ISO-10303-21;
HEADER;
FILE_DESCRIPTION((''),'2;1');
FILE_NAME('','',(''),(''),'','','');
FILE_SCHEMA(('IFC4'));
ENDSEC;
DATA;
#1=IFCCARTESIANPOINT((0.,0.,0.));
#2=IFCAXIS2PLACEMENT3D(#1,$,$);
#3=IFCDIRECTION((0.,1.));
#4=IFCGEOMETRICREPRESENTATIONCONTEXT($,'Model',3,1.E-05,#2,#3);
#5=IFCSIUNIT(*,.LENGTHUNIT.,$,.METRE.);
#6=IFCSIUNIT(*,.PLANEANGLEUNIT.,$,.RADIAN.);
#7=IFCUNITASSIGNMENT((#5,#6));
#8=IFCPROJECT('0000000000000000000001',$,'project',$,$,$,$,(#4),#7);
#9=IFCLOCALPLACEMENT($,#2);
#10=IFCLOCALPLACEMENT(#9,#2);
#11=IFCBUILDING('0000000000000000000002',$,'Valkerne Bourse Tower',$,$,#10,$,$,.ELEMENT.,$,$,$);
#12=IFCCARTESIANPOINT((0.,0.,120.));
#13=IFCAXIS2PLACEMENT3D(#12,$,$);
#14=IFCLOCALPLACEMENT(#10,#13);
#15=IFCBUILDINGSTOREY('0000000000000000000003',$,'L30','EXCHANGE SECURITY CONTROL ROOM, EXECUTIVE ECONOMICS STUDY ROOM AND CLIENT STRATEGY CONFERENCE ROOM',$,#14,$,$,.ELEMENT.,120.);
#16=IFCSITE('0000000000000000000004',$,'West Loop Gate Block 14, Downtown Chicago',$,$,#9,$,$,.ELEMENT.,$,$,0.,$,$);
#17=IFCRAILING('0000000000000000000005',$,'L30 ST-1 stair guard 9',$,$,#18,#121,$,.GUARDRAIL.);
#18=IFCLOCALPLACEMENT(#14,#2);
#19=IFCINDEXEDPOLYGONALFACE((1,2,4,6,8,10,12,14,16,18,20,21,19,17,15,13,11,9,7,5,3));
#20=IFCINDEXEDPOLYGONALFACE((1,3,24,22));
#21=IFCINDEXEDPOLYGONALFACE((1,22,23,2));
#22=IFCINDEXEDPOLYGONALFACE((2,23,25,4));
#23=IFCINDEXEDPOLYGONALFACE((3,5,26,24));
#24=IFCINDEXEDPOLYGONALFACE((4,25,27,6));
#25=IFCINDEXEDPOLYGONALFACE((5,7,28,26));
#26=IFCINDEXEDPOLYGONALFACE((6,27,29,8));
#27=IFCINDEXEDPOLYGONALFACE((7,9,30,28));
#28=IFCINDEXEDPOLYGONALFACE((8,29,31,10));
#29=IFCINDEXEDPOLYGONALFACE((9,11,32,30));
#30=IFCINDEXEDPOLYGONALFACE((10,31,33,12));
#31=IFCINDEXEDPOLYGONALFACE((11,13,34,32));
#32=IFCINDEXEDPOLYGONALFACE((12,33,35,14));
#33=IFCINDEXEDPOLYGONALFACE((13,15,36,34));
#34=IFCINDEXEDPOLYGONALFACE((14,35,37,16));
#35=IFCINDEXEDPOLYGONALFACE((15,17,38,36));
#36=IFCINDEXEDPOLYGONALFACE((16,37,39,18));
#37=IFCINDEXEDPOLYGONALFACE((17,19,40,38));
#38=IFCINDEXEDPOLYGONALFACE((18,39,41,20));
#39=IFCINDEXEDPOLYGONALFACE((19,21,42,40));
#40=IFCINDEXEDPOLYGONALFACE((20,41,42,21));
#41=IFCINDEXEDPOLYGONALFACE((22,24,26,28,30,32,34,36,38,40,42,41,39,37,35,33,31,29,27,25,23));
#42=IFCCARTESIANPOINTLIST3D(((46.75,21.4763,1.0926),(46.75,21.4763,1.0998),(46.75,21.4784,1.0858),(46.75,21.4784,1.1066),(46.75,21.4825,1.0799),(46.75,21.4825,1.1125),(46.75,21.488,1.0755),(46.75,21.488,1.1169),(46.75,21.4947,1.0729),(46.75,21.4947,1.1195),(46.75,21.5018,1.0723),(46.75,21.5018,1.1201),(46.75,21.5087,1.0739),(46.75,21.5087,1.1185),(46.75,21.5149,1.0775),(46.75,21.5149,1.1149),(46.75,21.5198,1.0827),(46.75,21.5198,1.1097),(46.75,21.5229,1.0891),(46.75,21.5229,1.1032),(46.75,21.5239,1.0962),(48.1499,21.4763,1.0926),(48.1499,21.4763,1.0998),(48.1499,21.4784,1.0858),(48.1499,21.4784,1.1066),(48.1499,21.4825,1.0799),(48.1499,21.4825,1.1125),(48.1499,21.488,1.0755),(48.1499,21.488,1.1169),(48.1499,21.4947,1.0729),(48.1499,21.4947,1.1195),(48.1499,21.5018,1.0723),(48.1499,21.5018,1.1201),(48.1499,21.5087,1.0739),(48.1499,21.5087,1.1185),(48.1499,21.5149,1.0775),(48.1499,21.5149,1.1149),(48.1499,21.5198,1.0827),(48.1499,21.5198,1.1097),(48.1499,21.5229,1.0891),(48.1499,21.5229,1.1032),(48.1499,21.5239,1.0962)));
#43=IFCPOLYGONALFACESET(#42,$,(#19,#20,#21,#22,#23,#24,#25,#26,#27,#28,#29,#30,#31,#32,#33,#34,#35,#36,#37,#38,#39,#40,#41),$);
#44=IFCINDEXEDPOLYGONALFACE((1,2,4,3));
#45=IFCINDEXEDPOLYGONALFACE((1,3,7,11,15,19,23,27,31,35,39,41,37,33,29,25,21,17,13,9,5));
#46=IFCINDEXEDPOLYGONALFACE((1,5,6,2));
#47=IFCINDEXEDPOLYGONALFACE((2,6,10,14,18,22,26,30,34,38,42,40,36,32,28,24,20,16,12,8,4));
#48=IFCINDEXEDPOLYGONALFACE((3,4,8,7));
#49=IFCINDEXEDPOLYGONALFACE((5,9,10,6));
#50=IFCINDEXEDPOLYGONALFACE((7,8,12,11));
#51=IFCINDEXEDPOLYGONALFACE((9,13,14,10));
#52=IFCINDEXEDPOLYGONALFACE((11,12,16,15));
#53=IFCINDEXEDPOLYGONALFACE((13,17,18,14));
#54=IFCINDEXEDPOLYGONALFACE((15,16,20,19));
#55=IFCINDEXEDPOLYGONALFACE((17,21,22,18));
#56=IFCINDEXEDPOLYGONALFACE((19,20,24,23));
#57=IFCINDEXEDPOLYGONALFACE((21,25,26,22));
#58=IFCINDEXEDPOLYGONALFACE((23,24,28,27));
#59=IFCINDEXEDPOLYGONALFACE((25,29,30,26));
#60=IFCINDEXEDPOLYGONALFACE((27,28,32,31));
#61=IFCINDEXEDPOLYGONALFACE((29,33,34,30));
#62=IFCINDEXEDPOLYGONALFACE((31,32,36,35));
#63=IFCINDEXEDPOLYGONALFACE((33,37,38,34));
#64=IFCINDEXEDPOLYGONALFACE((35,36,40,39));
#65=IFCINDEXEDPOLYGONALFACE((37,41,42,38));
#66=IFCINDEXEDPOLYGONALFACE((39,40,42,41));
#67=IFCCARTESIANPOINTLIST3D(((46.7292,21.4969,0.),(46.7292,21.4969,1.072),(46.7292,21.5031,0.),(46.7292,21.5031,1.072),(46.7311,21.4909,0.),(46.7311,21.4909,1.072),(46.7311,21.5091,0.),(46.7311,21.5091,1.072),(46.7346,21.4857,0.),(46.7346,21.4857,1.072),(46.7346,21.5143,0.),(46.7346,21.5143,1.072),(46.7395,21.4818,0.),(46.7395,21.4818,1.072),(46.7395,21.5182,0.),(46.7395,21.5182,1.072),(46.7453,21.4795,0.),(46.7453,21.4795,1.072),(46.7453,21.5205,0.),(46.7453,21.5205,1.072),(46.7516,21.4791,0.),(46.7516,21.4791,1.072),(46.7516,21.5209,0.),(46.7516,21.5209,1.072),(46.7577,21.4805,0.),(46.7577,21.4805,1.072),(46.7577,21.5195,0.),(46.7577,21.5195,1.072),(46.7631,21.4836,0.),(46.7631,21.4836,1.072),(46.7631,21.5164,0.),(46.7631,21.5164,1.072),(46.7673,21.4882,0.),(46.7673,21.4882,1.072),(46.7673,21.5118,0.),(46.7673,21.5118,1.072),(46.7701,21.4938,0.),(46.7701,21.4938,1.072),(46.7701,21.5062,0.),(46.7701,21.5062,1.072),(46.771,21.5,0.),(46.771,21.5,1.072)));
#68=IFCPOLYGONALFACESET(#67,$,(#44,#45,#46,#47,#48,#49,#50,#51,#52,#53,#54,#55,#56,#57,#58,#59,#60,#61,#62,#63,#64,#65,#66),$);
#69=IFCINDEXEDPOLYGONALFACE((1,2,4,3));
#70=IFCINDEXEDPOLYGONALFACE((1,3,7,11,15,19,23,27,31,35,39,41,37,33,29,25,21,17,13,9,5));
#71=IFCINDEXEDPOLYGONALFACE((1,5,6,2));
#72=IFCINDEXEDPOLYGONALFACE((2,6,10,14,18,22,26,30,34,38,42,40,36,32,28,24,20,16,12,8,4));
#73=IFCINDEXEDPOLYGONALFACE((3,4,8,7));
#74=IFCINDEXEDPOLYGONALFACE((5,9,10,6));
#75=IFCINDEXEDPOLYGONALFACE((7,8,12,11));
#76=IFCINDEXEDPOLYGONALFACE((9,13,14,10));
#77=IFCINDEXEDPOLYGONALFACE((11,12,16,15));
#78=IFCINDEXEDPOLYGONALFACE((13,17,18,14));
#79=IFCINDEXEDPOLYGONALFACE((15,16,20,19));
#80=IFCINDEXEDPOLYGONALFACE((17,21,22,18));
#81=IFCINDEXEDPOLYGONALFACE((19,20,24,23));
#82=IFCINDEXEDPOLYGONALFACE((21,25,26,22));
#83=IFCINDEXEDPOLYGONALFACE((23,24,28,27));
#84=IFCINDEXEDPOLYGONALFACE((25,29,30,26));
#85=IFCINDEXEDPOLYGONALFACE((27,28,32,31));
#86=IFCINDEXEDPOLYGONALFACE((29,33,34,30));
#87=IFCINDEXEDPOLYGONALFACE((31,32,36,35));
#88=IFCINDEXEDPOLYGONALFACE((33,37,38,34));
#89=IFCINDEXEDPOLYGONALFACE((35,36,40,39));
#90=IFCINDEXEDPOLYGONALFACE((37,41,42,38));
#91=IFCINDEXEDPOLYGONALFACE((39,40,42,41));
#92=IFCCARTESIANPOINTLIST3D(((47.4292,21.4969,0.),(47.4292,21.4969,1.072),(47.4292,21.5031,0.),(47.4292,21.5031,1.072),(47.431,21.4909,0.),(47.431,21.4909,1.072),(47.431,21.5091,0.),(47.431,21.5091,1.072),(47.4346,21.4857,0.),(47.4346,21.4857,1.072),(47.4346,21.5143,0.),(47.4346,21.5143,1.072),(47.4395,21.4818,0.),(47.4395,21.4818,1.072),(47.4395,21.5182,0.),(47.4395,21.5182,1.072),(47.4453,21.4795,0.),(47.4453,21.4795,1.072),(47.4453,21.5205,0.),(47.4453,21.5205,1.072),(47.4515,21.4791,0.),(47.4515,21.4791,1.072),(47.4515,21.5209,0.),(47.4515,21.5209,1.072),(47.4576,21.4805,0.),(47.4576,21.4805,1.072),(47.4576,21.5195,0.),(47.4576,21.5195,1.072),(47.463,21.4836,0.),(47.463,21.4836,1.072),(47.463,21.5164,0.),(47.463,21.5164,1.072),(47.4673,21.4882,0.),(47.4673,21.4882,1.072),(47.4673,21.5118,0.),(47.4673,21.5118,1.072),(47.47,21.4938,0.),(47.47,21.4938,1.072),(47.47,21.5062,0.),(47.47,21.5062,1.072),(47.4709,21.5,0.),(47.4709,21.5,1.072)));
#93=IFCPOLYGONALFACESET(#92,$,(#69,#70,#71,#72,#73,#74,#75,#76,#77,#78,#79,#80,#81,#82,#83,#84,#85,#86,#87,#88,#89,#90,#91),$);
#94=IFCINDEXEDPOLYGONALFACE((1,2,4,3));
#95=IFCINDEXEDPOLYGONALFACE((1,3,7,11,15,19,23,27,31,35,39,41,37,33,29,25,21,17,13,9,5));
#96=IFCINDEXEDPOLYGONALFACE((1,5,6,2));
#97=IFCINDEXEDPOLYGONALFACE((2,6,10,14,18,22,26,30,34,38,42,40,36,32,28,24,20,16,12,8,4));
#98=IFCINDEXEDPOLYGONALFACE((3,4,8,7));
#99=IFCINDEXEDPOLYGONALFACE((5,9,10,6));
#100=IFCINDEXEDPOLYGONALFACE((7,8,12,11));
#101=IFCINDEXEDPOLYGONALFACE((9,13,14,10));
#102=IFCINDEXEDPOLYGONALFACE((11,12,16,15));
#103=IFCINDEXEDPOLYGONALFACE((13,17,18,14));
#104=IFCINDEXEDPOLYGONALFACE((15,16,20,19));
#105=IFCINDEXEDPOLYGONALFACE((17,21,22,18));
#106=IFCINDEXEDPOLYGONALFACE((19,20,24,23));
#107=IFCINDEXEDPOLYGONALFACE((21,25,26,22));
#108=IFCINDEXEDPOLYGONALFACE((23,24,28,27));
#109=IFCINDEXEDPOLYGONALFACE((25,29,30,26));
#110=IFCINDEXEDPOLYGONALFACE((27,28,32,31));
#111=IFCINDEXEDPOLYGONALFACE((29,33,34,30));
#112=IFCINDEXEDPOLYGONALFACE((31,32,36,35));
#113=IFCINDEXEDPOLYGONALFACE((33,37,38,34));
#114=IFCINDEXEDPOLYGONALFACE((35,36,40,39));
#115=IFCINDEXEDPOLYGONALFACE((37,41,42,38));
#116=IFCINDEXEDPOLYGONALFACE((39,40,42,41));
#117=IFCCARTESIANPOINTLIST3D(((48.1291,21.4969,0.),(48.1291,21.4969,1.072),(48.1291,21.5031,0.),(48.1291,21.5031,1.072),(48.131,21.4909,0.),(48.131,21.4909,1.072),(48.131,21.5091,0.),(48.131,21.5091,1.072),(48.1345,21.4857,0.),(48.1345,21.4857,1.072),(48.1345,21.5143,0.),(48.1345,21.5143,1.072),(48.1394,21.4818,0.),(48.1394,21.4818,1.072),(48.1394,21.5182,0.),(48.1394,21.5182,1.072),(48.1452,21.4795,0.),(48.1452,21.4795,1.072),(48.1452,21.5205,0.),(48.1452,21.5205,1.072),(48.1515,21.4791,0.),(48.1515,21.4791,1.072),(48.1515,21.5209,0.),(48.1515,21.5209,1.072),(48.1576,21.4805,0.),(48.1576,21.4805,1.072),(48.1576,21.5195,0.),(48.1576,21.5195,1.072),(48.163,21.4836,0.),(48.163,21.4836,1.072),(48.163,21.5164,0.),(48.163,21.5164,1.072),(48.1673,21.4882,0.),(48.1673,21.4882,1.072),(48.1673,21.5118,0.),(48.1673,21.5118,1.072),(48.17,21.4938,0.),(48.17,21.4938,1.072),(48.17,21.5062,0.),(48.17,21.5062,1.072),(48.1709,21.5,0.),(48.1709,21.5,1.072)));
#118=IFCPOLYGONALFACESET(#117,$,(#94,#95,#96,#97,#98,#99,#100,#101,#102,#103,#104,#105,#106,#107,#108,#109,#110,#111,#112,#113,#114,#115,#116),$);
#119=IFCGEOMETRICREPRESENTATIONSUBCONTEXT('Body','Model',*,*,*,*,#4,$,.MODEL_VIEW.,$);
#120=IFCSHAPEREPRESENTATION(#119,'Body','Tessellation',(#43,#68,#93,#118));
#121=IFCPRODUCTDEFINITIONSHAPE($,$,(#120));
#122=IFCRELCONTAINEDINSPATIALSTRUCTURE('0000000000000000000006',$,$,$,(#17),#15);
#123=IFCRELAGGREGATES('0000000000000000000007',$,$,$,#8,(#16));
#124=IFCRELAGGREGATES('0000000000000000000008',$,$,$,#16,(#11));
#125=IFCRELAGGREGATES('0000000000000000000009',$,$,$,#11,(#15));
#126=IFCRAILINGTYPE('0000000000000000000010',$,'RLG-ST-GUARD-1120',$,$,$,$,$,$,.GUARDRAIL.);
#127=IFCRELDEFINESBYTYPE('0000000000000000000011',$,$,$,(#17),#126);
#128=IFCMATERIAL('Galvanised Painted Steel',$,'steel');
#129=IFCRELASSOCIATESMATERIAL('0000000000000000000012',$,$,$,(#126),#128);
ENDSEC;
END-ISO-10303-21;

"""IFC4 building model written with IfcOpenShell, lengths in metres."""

from ifc_helpers import new_model, si_unit, direction, frame, origin, origin_2d, place, context, subcontext, project, spatial, circle, extrude, material, type_object, element, save


model = new_model("IFC4")

# Units and contexts
model_context = context("Model", 3, precision=1e-05, world=origin(), true_north=direction((0.0, 1.0)))
body_context = subcontext(model_context, "Body", "Model", "MODEL_VIEW")
ifc_project = project(units=[si_unit("LENGTHUNIT", "METRE"), si_unit("PLANEANGLEUNIT", "RADIAN")], contexts=[model_context])

# Site, building, storey
site_placement = place(None, origin())
site = spatial("IfcSite", under=ifc_project, at=site_placement, Name="West Loop Gate Block 14, Downtown Chicago", CompositionType="ELEMENT", RefElevation=0.0)
building_placement = place(site_placement, origin())
building = spatial("IfcBuilding", under=site, at=building_placement, Name="Valkerne Bourse Tower", CompositionType="ELEMENT")
storey_placement = place(building_placement, frame((0.0, 0.0, 120.0)))
storey = spatial("IfcBuildingStorey", under=building, at=storey_placement, Name="L30", Description="EXCHANGE SECURITY CONTROL ROOM, EXECUTIVE ECONOMICS STUDY ROOM AND CLIENT STRATEGY CONFERENCE ROOM", CompositionType="ELEMENT", Elevation=120.0)

# Shared definitions
ifc_material_1 = material(Name="Galvanised Painted Steel", Category="steel")

# Railing
railing_type_1 = type_object("IfcRailingType", Name="RLG-ST-GUARD-1120", PredefinedType="GUARDRAIL", material=ifc_material_1)
for number, where, name in (
    (1, (46.75, 21.5, 0.0), "L30 ST-1 stair guard 9"),
):
    element("IfcRailing", number, at=place(storey_placement, frame(where)), inside=storey, type_object=railing_type_1, Name=name, PredefinedType="GUARDRAIL", context=body_context, shape_type="SweptSolid", body=[
        extrude(circle(Radius=0.0239, at=origin_2d()), frame((0.0, 0.0, 1.0962), z_axis=(1.0, 0.0, 0.0), x_axis=(0.0, 1.0, 0.0)), (0.0, 0.0, 1.0), 1.3999),
        extrude(circle(Radius=0.021, at=origin_2d()), origin(), (0.0, 0.0, 1.0), 1.072),
        extrude(circle(Radius=0.021, at=origin_2d()), frame((0.7, 0.0, 0.0)), (0.0, 0.0, 1.0), 1.072),
        extrude(circle(Radius=0.021, at=origin_2d()), frame((1.3999, 0.0, 0.0)), (0.0, 0.0, 1.0), 1.072),
    ])

save(model, "model.ifc")
